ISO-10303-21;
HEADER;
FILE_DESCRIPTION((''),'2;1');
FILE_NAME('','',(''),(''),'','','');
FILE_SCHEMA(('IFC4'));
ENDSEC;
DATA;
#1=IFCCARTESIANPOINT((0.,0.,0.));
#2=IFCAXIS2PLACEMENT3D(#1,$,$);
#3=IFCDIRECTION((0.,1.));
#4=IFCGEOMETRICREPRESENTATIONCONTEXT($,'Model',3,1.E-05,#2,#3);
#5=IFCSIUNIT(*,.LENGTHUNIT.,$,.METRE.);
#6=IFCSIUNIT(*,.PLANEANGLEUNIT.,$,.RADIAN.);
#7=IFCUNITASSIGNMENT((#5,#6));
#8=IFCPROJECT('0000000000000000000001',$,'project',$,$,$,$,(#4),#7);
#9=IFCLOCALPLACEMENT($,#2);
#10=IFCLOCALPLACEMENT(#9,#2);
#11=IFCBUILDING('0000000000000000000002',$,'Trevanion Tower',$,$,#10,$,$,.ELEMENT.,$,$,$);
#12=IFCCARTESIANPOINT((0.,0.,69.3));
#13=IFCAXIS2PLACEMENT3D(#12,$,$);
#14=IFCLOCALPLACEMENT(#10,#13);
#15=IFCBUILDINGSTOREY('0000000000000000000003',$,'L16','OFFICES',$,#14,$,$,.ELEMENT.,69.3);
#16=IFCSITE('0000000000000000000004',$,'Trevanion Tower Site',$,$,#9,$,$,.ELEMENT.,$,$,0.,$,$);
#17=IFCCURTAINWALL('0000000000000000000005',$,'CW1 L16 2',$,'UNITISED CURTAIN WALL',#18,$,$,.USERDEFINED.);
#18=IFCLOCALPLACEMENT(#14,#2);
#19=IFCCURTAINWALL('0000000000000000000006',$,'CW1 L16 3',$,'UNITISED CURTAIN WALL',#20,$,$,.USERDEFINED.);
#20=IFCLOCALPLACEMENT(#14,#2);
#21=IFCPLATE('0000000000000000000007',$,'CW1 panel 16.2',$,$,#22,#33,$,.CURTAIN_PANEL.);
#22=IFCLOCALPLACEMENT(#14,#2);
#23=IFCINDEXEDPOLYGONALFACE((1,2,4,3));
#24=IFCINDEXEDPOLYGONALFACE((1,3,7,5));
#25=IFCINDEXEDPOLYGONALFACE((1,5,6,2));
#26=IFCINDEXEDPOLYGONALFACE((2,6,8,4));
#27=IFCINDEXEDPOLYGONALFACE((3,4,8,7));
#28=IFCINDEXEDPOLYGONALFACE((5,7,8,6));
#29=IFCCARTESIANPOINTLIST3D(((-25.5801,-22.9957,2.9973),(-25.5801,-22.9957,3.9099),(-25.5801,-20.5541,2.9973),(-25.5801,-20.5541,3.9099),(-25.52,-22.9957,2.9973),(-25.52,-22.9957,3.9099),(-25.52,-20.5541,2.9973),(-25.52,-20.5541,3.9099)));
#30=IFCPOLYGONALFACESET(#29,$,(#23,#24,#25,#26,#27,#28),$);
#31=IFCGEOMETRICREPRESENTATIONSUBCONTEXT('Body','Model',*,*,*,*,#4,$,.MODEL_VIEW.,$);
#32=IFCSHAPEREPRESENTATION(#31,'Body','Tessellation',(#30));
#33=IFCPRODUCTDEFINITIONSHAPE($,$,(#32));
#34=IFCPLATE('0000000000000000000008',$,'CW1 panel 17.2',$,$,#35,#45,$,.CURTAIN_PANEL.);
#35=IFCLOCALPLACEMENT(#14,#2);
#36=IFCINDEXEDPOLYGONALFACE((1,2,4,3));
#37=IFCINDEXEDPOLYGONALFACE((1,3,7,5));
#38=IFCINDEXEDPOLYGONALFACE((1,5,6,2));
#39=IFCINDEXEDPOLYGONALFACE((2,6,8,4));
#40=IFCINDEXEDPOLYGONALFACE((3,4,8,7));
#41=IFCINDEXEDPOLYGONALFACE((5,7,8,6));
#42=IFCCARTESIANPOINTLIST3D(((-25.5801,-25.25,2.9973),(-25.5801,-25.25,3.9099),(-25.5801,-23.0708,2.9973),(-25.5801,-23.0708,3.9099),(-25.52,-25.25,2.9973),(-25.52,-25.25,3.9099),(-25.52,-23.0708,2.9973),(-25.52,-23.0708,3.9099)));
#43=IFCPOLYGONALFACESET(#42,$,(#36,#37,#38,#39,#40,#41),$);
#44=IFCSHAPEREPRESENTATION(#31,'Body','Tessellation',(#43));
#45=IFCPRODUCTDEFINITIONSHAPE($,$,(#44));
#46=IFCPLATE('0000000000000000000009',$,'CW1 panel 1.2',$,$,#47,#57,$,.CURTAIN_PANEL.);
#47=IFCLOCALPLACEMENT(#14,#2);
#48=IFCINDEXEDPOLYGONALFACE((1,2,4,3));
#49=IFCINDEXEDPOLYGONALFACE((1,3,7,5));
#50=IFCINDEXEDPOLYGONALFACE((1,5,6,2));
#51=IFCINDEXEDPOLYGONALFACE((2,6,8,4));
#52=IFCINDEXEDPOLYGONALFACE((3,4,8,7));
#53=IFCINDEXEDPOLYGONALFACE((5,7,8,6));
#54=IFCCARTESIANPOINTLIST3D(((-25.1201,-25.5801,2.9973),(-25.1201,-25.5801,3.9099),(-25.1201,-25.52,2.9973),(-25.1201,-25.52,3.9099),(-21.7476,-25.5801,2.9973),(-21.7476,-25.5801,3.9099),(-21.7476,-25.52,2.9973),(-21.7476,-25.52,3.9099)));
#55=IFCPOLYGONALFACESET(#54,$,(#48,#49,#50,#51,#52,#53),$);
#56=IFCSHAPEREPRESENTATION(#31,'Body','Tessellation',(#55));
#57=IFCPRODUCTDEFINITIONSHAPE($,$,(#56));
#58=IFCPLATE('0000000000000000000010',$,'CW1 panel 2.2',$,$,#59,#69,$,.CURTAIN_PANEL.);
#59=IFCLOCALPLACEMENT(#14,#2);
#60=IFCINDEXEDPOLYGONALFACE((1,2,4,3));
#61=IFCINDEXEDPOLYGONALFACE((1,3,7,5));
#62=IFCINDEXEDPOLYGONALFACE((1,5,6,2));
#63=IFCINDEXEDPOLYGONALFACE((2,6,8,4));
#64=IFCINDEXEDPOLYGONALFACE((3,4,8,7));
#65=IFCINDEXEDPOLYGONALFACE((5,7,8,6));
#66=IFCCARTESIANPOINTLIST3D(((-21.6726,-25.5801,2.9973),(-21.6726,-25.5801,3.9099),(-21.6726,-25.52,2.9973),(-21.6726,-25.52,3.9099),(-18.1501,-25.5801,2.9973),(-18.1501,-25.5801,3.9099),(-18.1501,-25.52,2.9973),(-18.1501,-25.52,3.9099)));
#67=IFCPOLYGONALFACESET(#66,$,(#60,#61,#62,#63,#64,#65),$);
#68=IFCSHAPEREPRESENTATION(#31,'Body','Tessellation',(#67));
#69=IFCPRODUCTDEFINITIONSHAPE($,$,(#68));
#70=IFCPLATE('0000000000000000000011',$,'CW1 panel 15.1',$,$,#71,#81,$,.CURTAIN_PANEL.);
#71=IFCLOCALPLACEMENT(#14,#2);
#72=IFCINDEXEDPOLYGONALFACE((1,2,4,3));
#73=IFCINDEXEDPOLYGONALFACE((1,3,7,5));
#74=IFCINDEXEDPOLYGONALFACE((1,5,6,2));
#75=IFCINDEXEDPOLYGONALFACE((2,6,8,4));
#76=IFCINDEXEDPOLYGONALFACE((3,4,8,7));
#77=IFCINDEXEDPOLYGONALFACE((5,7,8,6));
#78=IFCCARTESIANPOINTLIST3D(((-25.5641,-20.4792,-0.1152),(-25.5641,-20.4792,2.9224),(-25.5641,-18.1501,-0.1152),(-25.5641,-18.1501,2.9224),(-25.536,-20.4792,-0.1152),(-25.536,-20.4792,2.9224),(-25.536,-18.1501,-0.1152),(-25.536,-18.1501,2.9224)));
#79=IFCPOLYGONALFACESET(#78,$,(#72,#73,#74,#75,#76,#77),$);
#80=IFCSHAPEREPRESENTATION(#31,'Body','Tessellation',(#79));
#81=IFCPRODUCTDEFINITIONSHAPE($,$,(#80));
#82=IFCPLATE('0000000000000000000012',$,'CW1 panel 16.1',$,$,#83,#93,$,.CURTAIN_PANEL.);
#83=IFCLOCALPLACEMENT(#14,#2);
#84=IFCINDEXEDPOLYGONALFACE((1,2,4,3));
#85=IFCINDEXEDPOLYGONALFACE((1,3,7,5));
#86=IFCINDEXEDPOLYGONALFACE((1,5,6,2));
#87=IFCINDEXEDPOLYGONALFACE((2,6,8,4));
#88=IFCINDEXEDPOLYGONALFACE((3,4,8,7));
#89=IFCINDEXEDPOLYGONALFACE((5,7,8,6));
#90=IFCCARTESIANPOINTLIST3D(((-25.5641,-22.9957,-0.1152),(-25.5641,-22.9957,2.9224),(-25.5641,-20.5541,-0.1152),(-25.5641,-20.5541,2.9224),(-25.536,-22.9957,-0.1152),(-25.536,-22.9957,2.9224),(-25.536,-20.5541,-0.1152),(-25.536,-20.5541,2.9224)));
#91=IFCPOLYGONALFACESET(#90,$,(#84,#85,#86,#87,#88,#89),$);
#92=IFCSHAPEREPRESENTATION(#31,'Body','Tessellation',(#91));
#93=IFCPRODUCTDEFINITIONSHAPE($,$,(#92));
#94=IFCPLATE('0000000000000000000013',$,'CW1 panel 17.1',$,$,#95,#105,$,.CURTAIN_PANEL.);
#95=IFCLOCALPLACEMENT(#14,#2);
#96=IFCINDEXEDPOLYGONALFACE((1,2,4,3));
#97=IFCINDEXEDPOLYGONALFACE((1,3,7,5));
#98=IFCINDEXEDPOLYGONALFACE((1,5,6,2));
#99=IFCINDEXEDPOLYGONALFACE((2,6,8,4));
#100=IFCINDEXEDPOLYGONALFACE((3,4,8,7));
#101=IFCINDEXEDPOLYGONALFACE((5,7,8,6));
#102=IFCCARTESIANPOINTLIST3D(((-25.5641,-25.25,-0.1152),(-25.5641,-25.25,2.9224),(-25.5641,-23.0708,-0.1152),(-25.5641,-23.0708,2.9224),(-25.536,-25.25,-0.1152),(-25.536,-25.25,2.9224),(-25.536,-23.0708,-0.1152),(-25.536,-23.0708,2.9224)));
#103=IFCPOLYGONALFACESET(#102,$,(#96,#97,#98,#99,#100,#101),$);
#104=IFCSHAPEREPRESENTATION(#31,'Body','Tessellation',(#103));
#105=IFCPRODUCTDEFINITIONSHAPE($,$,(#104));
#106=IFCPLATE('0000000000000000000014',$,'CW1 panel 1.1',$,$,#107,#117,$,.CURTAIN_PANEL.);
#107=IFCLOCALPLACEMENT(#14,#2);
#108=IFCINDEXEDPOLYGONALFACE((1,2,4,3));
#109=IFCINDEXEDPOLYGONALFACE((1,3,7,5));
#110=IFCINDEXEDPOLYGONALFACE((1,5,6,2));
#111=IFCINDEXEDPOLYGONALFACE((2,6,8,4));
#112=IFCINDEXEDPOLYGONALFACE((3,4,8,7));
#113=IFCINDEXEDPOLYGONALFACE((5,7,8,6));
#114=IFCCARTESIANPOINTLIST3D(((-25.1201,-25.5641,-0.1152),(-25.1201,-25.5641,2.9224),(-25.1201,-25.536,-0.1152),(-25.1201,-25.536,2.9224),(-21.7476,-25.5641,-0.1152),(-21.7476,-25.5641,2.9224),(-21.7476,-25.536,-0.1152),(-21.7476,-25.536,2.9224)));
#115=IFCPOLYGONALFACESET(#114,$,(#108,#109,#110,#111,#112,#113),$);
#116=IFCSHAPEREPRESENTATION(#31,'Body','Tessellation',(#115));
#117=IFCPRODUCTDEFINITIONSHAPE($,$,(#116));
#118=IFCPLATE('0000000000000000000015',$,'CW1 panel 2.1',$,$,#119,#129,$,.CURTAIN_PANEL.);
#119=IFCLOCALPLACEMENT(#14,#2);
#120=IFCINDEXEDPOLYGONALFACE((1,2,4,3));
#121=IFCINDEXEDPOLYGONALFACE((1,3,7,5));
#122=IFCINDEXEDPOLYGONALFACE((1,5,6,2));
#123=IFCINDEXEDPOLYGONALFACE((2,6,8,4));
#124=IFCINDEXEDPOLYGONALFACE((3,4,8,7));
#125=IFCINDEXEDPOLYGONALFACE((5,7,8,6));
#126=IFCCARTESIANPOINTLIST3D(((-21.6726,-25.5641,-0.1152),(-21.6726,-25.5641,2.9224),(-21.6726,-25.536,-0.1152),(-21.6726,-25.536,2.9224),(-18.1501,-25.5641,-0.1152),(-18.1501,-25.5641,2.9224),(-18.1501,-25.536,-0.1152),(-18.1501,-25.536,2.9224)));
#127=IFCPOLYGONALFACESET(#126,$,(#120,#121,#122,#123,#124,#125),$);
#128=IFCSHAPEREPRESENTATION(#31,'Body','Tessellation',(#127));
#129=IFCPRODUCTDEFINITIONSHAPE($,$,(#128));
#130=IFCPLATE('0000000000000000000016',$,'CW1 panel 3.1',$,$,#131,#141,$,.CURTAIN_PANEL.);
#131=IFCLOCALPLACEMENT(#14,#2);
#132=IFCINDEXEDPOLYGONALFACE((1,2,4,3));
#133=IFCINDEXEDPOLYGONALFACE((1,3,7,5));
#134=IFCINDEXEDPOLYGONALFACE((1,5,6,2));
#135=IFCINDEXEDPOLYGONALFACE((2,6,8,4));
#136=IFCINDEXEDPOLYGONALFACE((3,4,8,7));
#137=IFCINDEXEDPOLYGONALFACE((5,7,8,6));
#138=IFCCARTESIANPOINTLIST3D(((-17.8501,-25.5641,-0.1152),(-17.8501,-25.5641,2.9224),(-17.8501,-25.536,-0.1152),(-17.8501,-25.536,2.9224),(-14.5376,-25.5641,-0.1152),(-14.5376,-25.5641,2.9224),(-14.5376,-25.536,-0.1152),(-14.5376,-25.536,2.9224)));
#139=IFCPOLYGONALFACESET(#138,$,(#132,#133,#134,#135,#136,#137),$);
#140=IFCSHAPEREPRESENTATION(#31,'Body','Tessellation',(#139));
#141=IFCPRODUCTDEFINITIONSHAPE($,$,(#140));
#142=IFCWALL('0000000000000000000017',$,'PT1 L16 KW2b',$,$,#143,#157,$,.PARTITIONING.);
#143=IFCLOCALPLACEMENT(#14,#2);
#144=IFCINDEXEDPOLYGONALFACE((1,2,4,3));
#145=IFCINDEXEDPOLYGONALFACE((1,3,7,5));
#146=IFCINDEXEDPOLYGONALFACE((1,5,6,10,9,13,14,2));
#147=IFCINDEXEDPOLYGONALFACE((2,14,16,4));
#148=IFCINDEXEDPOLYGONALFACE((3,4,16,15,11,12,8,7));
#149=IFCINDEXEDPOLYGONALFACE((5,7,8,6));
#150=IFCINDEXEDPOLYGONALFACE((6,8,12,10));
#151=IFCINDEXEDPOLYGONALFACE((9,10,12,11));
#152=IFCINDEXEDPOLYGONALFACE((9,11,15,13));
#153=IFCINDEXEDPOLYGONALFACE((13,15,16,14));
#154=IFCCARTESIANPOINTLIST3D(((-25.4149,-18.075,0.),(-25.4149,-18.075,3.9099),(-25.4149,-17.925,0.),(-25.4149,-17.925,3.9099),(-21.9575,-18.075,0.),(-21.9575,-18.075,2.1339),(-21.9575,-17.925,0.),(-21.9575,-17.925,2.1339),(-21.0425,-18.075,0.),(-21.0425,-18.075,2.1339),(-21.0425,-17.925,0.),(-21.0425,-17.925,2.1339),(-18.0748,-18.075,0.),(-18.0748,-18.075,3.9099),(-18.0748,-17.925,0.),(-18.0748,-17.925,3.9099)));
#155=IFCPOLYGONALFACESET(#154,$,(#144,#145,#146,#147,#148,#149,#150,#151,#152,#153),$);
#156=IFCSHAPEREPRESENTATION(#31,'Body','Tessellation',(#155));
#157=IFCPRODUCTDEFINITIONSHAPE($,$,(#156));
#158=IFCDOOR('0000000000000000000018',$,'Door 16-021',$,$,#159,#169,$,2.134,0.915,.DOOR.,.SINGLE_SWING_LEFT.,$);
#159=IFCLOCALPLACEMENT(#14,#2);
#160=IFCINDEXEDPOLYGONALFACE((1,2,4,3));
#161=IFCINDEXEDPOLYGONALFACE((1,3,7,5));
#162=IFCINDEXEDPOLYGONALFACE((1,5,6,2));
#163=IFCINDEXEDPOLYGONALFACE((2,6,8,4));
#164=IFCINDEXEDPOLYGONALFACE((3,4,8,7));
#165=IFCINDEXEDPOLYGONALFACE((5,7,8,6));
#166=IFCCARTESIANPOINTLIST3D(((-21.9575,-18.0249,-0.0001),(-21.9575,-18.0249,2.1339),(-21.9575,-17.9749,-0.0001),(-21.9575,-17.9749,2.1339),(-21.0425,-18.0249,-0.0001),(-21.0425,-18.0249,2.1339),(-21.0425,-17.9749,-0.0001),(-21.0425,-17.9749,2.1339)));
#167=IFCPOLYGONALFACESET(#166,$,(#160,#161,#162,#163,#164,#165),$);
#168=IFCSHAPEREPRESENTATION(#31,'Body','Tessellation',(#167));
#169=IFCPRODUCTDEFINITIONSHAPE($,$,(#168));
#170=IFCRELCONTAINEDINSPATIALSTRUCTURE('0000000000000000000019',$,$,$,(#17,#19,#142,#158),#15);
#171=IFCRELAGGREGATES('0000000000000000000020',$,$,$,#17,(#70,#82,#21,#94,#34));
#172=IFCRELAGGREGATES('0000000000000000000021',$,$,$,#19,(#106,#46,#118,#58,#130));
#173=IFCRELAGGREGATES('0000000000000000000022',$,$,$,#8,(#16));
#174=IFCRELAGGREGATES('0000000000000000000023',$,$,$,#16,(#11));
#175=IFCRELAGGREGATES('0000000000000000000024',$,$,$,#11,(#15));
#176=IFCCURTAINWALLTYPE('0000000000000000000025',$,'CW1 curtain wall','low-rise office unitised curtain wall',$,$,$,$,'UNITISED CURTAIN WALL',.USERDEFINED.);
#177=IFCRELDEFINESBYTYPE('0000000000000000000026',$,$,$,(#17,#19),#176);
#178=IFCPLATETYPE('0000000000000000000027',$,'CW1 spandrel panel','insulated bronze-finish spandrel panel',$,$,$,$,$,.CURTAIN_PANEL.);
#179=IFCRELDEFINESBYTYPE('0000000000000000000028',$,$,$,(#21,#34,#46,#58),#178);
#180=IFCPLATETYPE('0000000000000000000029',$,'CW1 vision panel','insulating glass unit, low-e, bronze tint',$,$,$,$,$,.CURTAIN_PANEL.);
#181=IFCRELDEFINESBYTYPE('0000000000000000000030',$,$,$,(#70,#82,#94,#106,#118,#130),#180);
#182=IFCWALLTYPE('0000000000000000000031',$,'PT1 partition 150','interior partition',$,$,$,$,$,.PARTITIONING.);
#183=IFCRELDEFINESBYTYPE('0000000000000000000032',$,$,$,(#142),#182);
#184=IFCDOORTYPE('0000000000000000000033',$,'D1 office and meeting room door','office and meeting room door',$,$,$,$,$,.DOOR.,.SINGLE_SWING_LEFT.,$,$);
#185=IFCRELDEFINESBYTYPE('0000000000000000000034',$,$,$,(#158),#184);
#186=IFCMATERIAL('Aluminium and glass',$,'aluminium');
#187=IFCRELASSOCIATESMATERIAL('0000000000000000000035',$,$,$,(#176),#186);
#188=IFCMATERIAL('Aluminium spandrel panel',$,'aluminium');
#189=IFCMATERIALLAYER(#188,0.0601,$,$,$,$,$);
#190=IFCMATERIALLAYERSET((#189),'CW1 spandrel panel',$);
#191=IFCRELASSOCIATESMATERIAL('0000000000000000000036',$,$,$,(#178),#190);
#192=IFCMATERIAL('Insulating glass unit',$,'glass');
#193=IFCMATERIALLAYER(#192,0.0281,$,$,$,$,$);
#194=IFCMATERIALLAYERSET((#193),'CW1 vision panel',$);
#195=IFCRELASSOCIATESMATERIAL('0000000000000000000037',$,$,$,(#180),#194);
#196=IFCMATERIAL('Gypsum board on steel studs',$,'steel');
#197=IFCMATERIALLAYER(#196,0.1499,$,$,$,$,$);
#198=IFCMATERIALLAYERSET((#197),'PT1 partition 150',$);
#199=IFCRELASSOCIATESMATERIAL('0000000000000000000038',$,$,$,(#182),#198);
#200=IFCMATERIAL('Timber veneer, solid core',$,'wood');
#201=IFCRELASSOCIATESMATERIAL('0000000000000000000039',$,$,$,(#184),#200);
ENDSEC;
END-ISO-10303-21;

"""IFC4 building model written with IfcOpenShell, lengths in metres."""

from ifc_helpers import new_model, si_unit, direction, frame, frame_2d, origin, origin_2d, place, context, subcontext, project, spatial, rectangle, extrude, material, layer, layer_set, type_object, element, fill, aggregate, save


model = new_model("IFC4")

# Units and contexts
model_context = context("Model", 3, precision=1e-05, world=origin(), true_north=direction((0.0, 1.0)))
body_context = subcontext(model_context, "Body", "Model", "MODEL_VIEW")
ifc_project = project(units=[si_unit("LENGTHUNIT", "METRE"), si_unit("PLANEANGLEUNIT", "RADIAN")], contexts=[model_context])

# Site, building, storey
site_placement = place(None, origin())
site = spatial("IfcSite", under=ifc_project, at=site_placement, Name="Trevanion Tower Site", CompositionType="ELEMENT", RefElevation=0.0)
building_placement = place(site_placement, origin())
building = spatial("IfcBuilding", under=site, at=building_placement, Name="Trevanion Tower", CompositionType="ELEMENT")
storey_placement = place(building_placement, frame((0.0, 0.0, 69.3)))
storey = spatial("IfcBuildingStorey", under=building, at=storey_placement, Name="L16", Description="OFFICES", CompositionType="ELEMENT", Elevation=69.3)

# Curtain wall
ifc_material_1 = material(Name="Aluminium and glass", Category="aluminium")
curtain_wall_type = type_object("IfcCurtainWallType", Name="CW1 curtain wall", Description="low-rise office unitised curtain wall", ElementType="UNITISED CURTAIN WALL", PredefinedType="USERDEFINED", material=ifc_material_1)
curtain_wall_1_placement = place(storey_placement, origin())
curtain_wall_1 = element("IfcCurtainWall", 1, at=curtain_wall_1_placement, inside=storey, type_object=curtain_wall_type, Name="CW1 L16 2", ObjectType="UNITISED CURTAIN WALL", PredefinedType="USERDEFINED")

# Curtain wall
curtain_wall_2_placement = place(storey_placement, origin())
curtain_wall_2 = element("IfcCurtainWall", 2, at=curtain_wall_2_placement, inside=storey, type_object=curtain_wall_type, Name="CW1 L16 3", ObjectType="UNITISED CURTAIN WALL", PredefinedType="USERDEFINED")

# Plates
ifc_material_2 = material(Name="Aluminium spandrel panel", Category="aluminium")
ifc_layer_1 = layer(ifc_material_2, 0.0601)
ifc_layer_set_1 = layer_set([ifc_layer_1], Name="CW1 spandrel panel")
plate_type_1 = type_object("IfcPlateType", Name="CW1 spandrel panel", Description="insulated bronze-finish spandrel panel", PredefinedType="CURTAIN_PANEL", material=ifc_layer_set_1)
plate_1_placement = place(storey_placement, frame((-25.55, -21.7749, 2.9973), z_axis=(0.0, 0.0, 1.0), x_axis=(0.0, -1.0, 0.0)))
plate_1 = element("IfcPlate", 3, at=plate_1_placement, type_object=plate_type_1, Name="CW1 panel 16.2", PredefinedType="CURTAIN_PANEL", context=body_context, shape_type="SweptSolid", body=[
    extrude(rectangle(XDim=2.4417, YDim=0.0601, at=origin_2d()), origin(), (0.0, 0.0, 1.0), 0.9126),
])
plate_2_placement = place(storey_placement, frame((-25.55, -24.1604, 2.9973), z_axis=(0.0, 0.0, 1.0), x_axis=(0.0, -1.0, 0.0)))
plate_2 = element("IfcPlate", 4, at=plate_2_placement, type_object=plate_type_1, Name="CW1 panel 17.2", PredefinedType="CURTAIN_PANEL", context=body_context, shape_type="SweptSolid", body=[
    extrude(rectangle(XDim=2.1792, YDim=0.0601, at=origin_2d()), origin(), (0.0, 0.0, 1.0), 0.9126),
])
plate_3_placement = place(storey_placement, frame((-23.4338, -25.55, 2.9973), z_axis=(0.0, 0.0, 1.0), x_axis=(1.0, 0.0, 0.0)))
plate_3 = element("IfcPlate", 5, at=plate_3_placement, type_object=plate_type_1, Name="CW1 panel 1.2", PredefinedType="CURTAIN_PANEL", context=body_context, shape_type="SweptSolid", body=[
    extrude(rectangle(XDim=3.3726, YDim=0.0601, at=origin_2d()), origin(), (0.0, 0.0, 1.0), 0.9126),
])
plate_4_placement = place(storey_placement, frame((-19.9114, -25.55, 2.9973), z_axis=(0.0, 0.0, 1.0), x_axis=(1.0, 0.0, 0.0)))
plate_4 = element("IfcPlate", 6, at=plate_4_placement, type_object=plate_type_1, Name="CW1 panel 2.2", PredefinedType="CURTAIN_PANEL", context=body_context, shape_type="SweptSolid", body=[
    extrude(rectangle(XDim=3.5225, YDim=0.0601, at=origin_2d()), origin(), (0.0, 0.0, 1.0), 0.9126),
])
ifc_material_3 = material(Name="Insulating glass unit", Category="glass")
ifc_layer_2 = layer(ifc_material_3, 0.0281)
ifc_layer_set_2 = layer_set([ifc_layer_2], Name="CW1 vision panel")
plate_type_2 = type_object("IfcPlateType", Name="CW1 vision panel", Description="insulating glass unit, low-e, bronze tint", PredefinedType="CURTAIN_PANEL", material=ifc_layer_set_2)
plate_5_placement = place(storey_placement, frame((-25.55, -19.3147, -0.1152), z_axis=(0.0, 0.0, 1.0), x_axis=(0.0, -1.0, 0.0)))
plate_5 = element("IfcPlate", 7, at=plate_5_placement, type_object=plate_type_2, Name="CW1 panel 15.1", PredefinedType="CURTAIN_PANEL", context=body_context, shape_type="SweptSolid", body=[
    extrude(rectangle(XDim=2.3291, YDim=0.0281, at=origin_2d()), origin(), (0.0, 0.0, 1.0), 3.0376),
])
plate_6_placement = place(storey_placement, frame((-25.55, -21.7749, -0.1152), z_axis=(0.0, 0.0, 1.0), x_axis=(0.0, -1.0, 0.0)))
plate_6 = element("IfcPlate", 8, at=plate_6_placement, type_object=plate_type_2, Name="CW1 panel 16.1", PredefinedType="CURTAIN_PANEL", context=body_context, shape_type="SweptSolid", body=[
    extrude(rectangle(XDim=2.4417, YDim=0.0281, at=origin_2d()), origin(), (0.0, 0.0, 1.0), 3.0376),
])
plate_7_placement = place(storey_placement, frame((-25.55, -24.1604, -0.1152), z_axis=(0.0, 0.0, 1.0), x_axis=(0.0, -1.0, 0.0)))
plate_7 = element("IfcPlate", 9, at=plate_7_placement, type_object=plate_type_2, Name="CW1 panel 17.1", PredefinedType="CURTAIN_PANEL", context=body_context, shape_type="SweptSolid", body=[
    extrude(rectangle(XDim=2.1792, YDim=0.0281, at=origin_2d()), origin(), (0.0, 0.0, 1.0), 3.0376),
])
aggregate(curtain_wall_1, [plate_5, plate_6, plate_1, plate_7, plate_2])
plate_8_placement = place(storey_placement, frame((-23.4338, -25.55, -0.1152), z_axis=(0.0, 0.0, 1.0), x_axis=(1.0, 0.0, 0.0)))
plate_8 = element("IfcPlate", 10, at=plate_8_placement, type_object=plate_type_2, Name="CW1 panel 1.1", PredefinedType="CURTAIN_PANEL", context=body_context, shape_type="SweptSolid", body=[
    extrude(rectangle(XDim=3.3726, YDim=0.0281, at=origin_2d()), origin(), (0.0, 0.0, 1.0), 3.0376),
])
plate_9_placement = place(storey_placement, frame((-19.9114, -25.55, -0.1152), z_axis=(0.0, 0.0, 1.0), x_axis=(1.0, 0.0, 0.0)))
plate_9 = element("IfcPlate", 11, at=plate_9_placement, type_object=plate_type_2, Name="CW1 panel 2.1", PredefinedType="CURTAIN_PANEL", context=body_context, shape_type="SweptSolid", body=[
    extrude(rectangle(XDim=3.5225, YDim=0.0281, at=origin_2d()), origin(), (0.0, 0.0, 1.0), 3.0376),
])
plate_10_placement = place(storey_placement, frame((-16.1938, -25.55, -0.1152), z_axis=(0.0, 0.0, 1.0), x_axis=(1.0, 0.0, 0.0)))
plate_10 = element("IfcPlate", 12, at=plate_10_placement, type_object=plate_type_2, Name="CW1 panel 3.1", PredefinedType="CURTAIN_PANEL", context=body_context, shape_type="SweptSolid", body=[
    extrude(rectangle(XDim=3.3125, YDim=0.0281, at=origin_2d()), origin(), (0.0, 0.0, 1.0), 3.0376),
])
aggregate(curtain_wall_2, [plate_8, plate_3, plate_9, plate_4, plate_10])

# Wall, opening, door
ifc_material_4 = material(Name="Gypsum board on steel studs", Category="steel")
ifc_layer_3 = layer(ifc_material_4, 0.1499)
ifc_layer_set_3 = layer_set([ifc_layer_3], Name="PT1 partition 150")
wall_type = type_object("IfcWallType", Name="PT1 partition 150", Description="interior partition", PredefinedType="PARTITIONING", material=ifc_layer_set_3)
wall_placement = place(storey_placement, frame((-18.075, -18.0, 0.0), z_axis=(0.0, 0.0, 1.0), x_axis=(-1.0, 0.0, 0.0)))
wall = element("IfcWall", 13, at=wall_placement, inside=storey, type_object=wall_type, Name="PT1 L16 KW2b", PredefinedType="PARTITIONING", context=body_context, shape_type="SweptSolid", body=[
    extrude(rectangle(XDim=7.3401, YDim=0.1499, at=frame_2d((3.6699, 0.0))), origin(), (0.0, 0.0, 1.0), 3.9099),
])
opening_placement = place(wall_placement, frame((2.9675, 0.0, 0.0)))
opening = element("IfcOpeningElement", 14, at=opening_placement, cuts=wall, PredefinedType="OPENING", context=body_context, shape_type="SweptSolid", body=[
    extrude(rectangle(XDim=0.915, YDim=2.134, at=frame_2d((0.4575, 1.0669))), frame((0.0, 0.085, 0.0), z_axis=(0.0, -1.0, 0.0), x_axis=(1.0, 0.0, 0.0)), (0.0, 0.0, 1.0), 0.1699),
])
ifc_material_5 = material(Name="Timber veneer, solid core", Category="wood")
door_type = type_object("IfcDoorType", Name="D1 office and meeting room door", Description="office and meeting room door", OperationType="SINGLE_SWING_LEFT", PredefinedType="DOOR", material=ifc_material_5)
door_placement = place(opening_placement, origin())
door = element("IfcDoor", 15, at=door_placement, inside=storey, type_object=door_type, Name="Door 16-021", OperationType="SINGLE_SWING_LEFT", OverallHeight=2.134, OverallWidth=0.915, PredefinedType="DOOR", context=body_context, shape_type="SweptSolid", body=[
    extrude(rectangle(XDim=0.915, YDim=2.134, at=frame_2d((0.4575, 1.0669))), frame((0.0, 0.0249, 0.0), z_axis=(0.0, -1.0, 0.0), x_axis=(1.0, 0.0, 0.0)), (0.0, 0.0, 1.0), 0.05),
])
fill(opening, door)

save(model, "model.ifc")
